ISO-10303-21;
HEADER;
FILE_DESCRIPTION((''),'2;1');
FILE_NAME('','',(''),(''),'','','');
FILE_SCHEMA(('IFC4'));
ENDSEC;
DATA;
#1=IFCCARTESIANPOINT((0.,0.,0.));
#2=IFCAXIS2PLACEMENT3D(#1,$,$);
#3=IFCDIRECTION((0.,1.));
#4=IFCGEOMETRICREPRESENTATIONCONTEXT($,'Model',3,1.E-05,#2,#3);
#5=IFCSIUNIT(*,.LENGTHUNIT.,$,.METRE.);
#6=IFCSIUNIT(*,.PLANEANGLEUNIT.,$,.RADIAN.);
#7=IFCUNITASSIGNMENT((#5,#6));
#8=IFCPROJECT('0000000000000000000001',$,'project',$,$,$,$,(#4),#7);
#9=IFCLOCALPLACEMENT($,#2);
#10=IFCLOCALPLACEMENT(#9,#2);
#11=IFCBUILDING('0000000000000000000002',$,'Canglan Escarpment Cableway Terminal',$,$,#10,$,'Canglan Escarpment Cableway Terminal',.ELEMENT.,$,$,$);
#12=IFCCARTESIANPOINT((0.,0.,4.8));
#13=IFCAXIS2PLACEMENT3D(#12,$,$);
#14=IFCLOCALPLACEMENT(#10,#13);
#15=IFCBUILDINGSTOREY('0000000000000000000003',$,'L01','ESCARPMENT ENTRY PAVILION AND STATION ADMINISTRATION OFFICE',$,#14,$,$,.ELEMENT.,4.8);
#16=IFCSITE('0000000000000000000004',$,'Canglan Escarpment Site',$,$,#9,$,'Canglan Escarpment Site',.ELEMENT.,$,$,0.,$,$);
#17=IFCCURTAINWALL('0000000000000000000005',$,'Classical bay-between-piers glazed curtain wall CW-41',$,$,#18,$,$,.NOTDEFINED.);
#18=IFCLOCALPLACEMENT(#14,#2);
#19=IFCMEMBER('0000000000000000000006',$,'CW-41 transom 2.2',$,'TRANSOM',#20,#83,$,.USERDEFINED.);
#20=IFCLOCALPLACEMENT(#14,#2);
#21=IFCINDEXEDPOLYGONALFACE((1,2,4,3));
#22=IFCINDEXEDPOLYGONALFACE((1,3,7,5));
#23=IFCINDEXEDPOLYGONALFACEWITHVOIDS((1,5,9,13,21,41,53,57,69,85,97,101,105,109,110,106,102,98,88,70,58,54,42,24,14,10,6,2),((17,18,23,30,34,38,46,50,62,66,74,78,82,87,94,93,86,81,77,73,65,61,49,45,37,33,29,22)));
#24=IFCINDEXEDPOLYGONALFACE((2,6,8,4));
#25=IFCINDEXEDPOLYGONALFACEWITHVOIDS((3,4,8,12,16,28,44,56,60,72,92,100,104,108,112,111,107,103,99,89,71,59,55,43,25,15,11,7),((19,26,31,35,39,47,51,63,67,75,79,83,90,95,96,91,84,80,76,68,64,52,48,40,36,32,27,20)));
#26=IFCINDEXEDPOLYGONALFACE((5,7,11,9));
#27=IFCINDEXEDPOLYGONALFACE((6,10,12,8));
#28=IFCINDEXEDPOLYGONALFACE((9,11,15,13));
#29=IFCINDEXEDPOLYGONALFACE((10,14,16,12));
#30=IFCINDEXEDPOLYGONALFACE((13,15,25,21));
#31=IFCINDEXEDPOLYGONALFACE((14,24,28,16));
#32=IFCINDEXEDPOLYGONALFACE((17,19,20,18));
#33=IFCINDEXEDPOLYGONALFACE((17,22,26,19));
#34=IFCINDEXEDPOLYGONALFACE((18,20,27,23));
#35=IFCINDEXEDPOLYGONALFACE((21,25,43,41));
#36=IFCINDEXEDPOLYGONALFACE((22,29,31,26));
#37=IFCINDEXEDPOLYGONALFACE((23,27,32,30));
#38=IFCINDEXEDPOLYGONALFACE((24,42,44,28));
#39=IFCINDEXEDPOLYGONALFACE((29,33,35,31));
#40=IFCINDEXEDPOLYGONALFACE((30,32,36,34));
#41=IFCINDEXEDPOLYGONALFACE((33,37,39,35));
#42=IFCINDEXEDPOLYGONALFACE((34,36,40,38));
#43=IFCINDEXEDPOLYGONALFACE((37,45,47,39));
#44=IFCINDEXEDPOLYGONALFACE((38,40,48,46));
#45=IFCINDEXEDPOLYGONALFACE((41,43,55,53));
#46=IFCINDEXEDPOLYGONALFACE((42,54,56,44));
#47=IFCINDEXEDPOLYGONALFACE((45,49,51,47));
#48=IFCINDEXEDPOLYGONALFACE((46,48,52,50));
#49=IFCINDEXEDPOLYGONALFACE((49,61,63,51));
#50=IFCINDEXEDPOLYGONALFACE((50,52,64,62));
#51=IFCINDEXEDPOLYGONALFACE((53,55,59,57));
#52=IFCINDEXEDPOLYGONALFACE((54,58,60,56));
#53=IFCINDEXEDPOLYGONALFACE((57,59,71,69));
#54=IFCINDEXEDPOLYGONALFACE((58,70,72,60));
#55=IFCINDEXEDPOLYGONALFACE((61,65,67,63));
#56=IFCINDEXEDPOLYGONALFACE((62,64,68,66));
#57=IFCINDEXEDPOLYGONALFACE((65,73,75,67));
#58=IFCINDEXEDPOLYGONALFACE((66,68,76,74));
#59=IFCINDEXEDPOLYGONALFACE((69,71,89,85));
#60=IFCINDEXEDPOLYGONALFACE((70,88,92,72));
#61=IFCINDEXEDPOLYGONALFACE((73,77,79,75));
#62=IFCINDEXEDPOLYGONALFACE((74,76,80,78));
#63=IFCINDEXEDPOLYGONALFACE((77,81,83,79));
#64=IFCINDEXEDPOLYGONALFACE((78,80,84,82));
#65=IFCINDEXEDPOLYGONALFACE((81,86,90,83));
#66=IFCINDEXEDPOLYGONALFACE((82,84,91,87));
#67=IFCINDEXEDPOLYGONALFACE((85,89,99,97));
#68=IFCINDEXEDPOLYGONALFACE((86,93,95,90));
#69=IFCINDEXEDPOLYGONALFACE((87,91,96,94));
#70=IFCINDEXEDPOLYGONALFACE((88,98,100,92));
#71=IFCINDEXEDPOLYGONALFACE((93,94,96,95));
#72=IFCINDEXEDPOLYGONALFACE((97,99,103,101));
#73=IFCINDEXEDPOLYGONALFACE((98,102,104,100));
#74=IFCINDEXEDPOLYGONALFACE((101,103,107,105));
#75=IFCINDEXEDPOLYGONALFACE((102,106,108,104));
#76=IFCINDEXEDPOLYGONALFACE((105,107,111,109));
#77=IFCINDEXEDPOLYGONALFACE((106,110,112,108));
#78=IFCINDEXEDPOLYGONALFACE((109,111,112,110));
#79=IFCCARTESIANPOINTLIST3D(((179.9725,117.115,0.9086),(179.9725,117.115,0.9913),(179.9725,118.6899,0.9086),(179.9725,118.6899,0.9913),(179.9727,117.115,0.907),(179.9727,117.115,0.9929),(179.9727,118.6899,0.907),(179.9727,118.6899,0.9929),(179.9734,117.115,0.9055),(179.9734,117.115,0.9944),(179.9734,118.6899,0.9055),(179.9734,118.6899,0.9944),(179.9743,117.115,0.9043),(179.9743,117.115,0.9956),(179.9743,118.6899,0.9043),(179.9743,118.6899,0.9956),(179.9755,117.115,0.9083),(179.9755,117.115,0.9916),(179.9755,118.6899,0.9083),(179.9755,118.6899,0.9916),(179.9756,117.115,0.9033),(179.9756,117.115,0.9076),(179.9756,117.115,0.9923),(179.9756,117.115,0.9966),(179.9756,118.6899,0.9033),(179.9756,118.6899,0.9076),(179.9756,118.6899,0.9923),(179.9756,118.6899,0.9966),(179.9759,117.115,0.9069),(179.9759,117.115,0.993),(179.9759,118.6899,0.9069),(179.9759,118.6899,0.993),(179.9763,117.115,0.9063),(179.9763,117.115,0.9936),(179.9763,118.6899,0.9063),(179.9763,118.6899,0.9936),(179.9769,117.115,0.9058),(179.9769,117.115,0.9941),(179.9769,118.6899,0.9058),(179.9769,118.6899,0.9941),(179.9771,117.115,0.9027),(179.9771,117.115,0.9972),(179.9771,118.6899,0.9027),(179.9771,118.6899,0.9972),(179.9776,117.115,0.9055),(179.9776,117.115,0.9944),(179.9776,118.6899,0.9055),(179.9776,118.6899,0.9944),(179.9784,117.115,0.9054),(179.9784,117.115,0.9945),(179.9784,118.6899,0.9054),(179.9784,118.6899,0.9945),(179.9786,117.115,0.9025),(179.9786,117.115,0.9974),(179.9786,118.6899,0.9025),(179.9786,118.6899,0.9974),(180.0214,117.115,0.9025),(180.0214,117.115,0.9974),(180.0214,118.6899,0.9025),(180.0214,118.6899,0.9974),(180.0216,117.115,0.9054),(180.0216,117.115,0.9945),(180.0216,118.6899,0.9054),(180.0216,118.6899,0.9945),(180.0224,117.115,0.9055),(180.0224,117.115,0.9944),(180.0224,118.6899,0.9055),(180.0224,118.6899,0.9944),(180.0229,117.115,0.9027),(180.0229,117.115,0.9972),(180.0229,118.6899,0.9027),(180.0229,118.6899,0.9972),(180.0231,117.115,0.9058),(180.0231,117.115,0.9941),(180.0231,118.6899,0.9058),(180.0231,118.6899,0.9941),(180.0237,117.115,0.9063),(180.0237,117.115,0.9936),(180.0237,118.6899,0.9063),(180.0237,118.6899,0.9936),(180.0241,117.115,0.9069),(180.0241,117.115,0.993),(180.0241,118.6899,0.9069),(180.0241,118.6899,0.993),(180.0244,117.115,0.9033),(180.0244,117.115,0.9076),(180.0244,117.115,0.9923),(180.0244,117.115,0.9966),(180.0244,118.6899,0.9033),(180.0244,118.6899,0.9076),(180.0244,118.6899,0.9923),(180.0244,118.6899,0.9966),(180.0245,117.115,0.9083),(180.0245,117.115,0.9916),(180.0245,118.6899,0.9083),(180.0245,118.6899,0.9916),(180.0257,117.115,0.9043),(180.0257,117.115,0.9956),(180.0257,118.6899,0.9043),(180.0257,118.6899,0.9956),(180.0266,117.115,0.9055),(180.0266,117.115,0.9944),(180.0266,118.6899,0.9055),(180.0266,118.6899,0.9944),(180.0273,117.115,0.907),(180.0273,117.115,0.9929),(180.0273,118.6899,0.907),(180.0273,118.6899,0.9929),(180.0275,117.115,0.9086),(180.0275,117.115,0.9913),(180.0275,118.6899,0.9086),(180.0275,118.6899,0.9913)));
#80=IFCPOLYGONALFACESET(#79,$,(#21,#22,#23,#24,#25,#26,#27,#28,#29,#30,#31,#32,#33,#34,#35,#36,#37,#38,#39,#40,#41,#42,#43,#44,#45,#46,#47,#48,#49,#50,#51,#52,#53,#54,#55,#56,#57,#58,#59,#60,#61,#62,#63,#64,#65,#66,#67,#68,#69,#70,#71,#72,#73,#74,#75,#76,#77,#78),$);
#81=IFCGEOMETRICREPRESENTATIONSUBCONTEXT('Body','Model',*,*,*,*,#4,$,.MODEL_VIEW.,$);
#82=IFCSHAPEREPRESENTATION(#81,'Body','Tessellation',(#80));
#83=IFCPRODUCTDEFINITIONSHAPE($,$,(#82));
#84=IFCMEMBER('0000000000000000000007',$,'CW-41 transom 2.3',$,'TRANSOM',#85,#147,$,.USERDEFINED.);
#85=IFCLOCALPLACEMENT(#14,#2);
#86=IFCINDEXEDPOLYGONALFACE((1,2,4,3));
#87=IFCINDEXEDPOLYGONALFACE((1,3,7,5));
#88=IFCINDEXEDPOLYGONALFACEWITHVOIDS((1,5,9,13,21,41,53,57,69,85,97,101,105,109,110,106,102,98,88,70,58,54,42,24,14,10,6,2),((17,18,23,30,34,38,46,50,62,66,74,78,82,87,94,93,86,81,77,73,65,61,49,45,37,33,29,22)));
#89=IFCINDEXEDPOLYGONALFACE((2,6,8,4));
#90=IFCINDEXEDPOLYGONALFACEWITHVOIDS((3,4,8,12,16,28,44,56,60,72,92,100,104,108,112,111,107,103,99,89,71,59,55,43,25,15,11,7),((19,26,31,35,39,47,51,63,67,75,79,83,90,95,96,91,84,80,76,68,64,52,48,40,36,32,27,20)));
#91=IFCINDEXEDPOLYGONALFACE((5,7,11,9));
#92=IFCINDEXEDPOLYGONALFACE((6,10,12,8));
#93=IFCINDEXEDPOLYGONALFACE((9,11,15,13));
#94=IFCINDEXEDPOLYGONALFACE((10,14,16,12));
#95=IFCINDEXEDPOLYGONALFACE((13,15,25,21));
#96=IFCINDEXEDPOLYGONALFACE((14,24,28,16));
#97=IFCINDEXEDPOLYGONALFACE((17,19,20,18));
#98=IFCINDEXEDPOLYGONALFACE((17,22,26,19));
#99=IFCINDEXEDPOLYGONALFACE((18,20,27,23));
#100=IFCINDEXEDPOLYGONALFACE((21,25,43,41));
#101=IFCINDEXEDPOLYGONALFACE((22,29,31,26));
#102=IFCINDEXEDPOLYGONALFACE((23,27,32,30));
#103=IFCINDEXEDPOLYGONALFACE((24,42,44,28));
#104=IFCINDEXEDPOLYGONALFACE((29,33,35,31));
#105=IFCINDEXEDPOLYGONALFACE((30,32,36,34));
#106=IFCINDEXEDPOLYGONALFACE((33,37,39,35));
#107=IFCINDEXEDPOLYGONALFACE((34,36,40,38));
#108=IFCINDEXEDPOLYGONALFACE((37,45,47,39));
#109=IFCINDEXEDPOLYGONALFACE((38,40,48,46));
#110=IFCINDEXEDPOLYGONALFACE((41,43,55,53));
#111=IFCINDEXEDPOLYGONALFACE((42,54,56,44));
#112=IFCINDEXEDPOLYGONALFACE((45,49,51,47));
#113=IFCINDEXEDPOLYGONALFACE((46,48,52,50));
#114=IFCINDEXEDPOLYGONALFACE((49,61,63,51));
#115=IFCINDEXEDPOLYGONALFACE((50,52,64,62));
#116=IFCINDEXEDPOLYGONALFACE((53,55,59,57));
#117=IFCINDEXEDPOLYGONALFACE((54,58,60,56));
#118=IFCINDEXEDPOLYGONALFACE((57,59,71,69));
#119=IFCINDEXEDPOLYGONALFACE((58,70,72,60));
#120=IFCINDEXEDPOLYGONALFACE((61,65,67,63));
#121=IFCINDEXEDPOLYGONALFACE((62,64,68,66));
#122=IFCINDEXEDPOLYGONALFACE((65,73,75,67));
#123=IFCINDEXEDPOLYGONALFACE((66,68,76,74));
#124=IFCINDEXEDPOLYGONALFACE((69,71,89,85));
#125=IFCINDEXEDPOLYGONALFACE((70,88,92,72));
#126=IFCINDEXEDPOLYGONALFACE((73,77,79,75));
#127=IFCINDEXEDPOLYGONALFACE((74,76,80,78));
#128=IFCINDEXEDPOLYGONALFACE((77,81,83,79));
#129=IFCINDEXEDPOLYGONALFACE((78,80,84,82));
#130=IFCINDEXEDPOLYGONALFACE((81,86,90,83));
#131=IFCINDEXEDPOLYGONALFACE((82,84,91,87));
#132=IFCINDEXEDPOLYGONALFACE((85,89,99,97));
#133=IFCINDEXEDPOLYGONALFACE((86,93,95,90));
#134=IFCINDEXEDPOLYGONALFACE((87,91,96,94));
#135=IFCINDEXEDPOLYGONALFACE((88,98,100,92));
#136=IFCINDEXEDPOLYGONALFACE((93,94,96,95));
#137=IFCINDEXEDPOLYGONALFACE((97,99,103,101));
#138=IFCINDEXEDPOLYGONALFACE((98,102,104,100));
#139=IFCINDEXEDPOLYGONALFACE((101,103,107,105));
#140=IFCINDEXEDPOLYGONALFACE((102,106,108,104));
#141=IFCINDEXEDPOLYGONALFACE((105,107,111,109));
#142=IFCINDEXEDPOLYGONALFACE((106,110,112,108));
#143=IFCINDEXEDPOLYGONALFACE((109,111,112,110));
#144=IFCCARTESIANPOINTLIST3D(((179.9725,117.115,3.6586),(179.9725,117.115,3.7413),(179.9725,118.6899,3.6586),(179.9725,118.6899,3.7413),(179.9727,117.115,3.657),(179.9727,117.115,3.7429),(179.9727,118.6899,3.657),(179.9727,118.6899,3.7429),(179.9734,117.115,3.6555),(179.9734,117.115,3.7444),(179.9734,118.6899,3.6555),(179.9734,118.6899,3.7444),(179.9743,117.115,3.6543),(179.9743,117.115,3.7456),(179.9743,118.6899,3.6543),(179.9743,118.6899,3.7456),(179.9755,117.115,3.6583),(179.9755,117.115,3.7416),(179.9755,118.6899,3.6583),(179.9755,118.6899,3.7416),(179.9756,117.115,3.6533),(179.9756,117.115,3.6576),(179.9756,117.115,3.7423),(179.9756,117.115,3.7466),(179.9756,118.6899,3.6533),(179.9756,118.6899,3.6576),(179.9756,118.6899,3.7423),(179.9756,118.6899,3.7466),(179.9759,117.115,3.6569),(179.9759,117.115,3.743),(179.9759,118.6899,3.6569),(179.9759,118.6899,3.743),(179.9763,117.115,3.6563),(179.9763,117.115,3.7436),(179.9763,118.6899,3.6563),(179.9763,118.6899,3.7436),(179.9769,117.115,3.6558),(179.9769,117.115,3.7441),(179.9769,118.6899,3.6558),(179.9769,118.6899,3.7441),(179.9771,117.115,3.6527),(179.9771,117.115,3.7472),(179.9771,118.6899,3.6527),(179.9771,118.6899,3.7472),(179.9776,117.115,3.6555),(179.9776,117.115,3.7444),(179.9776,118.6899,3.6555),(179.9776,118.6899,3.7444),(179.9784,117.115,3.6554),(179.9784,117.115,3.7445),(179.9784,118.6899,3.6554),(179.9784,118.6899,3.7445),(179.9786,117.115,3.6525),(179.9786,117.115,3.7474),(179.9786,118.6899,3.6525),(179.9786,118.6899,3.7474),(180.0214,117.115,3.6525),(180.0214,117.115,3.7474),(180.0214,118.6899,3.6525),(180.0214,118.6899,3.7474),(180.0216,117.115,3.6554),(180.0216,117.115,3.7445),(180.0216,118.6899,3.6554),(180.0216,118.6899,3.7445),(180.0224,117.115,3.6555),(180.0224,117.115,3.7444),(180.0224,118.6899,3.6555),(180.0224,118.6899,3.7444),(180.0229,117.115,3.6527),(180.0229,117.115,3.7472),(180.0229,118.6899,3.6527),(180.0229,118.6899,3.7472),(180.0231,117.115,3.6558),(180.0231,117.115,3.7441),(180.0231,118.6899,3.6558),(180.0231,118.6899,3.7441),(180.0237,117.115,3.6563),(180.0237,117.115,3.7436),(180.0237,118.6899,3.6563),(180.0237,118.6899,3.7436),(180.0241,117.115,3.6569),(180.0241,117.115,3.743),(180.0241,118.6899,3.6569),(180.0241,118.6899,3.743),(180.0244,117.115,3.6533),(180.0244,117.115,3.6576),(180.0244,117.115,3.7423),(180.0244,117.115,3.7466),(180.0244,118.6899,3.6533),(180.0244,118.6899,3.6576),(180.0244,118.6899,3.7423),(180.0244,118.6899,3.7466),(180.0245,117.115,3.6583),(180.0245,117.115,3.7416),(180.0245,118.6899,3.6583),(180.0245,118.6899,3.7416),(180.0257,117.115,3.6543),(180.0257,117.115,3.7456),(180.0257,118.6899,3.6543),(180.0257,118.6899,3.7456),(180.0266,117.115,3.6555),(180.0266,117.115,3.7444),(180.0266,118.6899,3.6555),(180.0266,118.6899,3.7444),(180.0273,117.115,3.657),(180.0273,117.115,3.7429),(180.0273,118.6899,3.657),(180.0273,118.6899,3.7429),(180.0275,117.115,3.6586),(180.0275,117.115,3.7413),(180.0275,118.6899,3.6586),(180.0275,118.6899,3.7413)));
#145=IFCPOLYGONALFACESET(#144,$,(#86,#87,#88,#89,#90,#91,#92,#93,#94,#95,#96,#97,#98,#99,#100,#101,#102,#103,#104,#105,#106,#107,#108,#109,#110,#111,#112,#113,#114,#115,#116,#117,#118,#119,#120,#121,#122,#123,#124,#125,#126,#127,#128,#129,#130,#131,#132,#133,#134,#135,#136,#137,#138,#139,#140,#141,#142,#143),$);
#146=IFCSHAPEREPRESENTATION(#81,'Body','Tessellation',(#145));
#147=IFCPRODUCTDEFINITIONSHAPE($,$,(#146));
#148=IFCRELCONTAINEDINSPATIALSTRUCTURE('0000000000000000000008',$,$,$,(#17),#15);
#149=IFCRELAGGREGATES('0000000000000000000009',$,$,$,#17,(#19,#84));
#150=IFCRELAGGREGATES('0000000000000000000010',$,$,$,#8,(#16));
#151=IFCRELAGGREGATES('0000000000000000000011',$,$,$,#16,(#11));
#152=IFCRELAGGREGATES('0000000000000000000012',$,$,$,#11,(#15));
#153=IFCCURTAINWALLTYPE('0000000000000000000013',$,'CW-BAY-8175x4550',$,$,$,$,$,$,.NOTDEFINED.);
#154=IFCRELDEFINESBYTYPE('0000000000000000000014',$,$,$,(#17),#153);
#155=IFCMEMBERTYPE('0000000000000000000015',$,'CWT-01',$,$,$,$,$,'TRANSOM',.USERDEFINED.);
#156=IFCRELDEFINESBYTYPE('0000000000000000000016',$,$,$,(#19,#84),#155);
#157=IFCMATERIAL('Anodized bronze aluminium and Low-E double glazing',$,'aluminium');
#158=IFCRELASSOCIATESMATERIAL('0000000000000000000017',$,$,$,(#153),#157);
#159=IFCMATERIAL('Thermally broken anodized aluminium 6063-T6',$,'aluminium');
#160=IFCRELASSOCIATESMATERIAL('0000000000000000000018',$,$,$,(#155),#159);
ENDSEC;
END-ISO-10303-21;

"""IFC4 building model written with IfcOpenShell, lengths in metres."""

from ifc_helpers import new_model, si_unit, direction, frame, origin, origin_2d, place, context, subcontext, project, spatial, hollow_rectangle, extrude, material, material_profile, profile_set, type_object, element, aggregate, save


model = new_model("IFC4")

# Units and contexts
model_context = context("Model", 3, precision=1e-05, world=origin(), true_north=direction((0.0, 1.0)))
body_context = subcontext(model_context, "Body", "Model", "MODEL_VIEW")
ifc_project = project(units=[si_unit("LENGTHUNIT", "METRE"), si_unit("PLANEANGLEUNIT", "RADIAN")], contexts=[model_context])

# Site, building, storey
site_placement = place(None, origin())
site = spatial("IfcSite", under=ifc_project, at=site_placement, Name="Canglan Escarpment Site", LongName="Canglan Escarpment Site", CompositionType="ELEMENT", RefElevation=0.0)
building_placement = place(site_placement, origin())
building = spatial("IfcBuilding", under=site, at=building_placement, Name="Canglan Escarpment Cableway Terminal", LongName="Canglan Escarpment Cableway Terminal", CompositionType="ELEMENT")
storey_placement = place(building_placement, frame((0.0, 0.0, 4.8)))
storey = spatial("IfcBuildingStorey", under=building, at=storey_placement, Name="L01", Description="ESCARPMENT ENTRY PAVILION AND STATION ADMINISTRATION OFFICE", CompositionType="ELEMENT", Elevation=4.8)

# Curtain wall, members
ifc_material_1 = material(Name="Anodized bronze aluminium and Low-E double glazing", Category="aluminium")
curtain_wall_type = type_object("IfcCurtainWallType", Name="CW-BAY-8175x4550", PredefinedType="NOTDEFINED", material=ifc_material_1)
curtain_wall_placement = place(storey_placement, origin())
curtain_wall = element("IfcCurtainWall", 1, at=curtain_wall_placement, inside=storey, type_object=curtain_wall_type, Name="Classical bay-between-piers glazed curtain wall CW-41", PredefinedType="NOTDEFINED")
ifc_material_2 = material(Name="Thermally broken anodized aluminium 6063-T6", Category="aluminium")
ifc_material_profile_1 = material_profile(ifc_material_2, hollow_rectangle(XDim=0.0549, YDim=0.095, WallThickness=0.0029, InnerFilletRadius=0.0029, OuterFilletRadius=0.0061, at=origin_2d()), Name="ALU-TRAN 55x95x3")
ifc_profile_set_1 = profile_set([ifc_material_profile_1], Name="Thermally broken anodized aluminium 6063-T6")
member_type_1 = type_object("IfcMemberType", Name="CWT-01", ElementType="TRANSOM", PredefinedType="USERDEFINED", material=ifc_profile_set_1)
member_1_placement = place(storey_placement, frame((180.0, 117.115, 0.95), z_axis=(0.0, 1.0, 0.0), x_axis=(-1.0, 0.0, 0.0)))
member_1 = element("IfcMember", 2, at=member_1_placement, type_object=member_type_1, Name="CW-41 transom 2.2", ObjectType="TRANSOM", PredefinedType="USERDEFINED", context=body_context, shape_type="SweptSolid", body=[
    extrude(hollow_rectangle(XDim=0.0549, YDim=0.095, WallThickness=0.0029, InnerFilletRadius=0.0029, OuterFilletRadius=0.0061, at=origin_2d()), origin(), (0.0, 0.0, 1.0), 1.575),
])
member_2_placement = place(storey_placement, frame((180.0, 117.115, 3.7), z_axis=(0.0, 1.0, 0.0), x_axis=(-1.0, 0.0, 0.0)))
member_2 = element("IfcMember", 3, at=member_2_placement, type_object=member_type_1, Name="CW-41 transom 2.3", ObjectType="TRANSOM", PredefinedType="USERDEFINED", context=body_context, shape_type="SweptSolid", body=[
    extrude(hollow_rectangle(XDim=0.0549, YDim=0.095, WallThickness=0.0029, InnerFilletRadius=0.0029, OuterFilletRadius=0.0061, at=origin_2d()), origin(), (0.0, 0.0, 1.0), 1.575),
])
aggregate(curtain_wall, [member_1, member_2])

save(model, "model.ifc")
